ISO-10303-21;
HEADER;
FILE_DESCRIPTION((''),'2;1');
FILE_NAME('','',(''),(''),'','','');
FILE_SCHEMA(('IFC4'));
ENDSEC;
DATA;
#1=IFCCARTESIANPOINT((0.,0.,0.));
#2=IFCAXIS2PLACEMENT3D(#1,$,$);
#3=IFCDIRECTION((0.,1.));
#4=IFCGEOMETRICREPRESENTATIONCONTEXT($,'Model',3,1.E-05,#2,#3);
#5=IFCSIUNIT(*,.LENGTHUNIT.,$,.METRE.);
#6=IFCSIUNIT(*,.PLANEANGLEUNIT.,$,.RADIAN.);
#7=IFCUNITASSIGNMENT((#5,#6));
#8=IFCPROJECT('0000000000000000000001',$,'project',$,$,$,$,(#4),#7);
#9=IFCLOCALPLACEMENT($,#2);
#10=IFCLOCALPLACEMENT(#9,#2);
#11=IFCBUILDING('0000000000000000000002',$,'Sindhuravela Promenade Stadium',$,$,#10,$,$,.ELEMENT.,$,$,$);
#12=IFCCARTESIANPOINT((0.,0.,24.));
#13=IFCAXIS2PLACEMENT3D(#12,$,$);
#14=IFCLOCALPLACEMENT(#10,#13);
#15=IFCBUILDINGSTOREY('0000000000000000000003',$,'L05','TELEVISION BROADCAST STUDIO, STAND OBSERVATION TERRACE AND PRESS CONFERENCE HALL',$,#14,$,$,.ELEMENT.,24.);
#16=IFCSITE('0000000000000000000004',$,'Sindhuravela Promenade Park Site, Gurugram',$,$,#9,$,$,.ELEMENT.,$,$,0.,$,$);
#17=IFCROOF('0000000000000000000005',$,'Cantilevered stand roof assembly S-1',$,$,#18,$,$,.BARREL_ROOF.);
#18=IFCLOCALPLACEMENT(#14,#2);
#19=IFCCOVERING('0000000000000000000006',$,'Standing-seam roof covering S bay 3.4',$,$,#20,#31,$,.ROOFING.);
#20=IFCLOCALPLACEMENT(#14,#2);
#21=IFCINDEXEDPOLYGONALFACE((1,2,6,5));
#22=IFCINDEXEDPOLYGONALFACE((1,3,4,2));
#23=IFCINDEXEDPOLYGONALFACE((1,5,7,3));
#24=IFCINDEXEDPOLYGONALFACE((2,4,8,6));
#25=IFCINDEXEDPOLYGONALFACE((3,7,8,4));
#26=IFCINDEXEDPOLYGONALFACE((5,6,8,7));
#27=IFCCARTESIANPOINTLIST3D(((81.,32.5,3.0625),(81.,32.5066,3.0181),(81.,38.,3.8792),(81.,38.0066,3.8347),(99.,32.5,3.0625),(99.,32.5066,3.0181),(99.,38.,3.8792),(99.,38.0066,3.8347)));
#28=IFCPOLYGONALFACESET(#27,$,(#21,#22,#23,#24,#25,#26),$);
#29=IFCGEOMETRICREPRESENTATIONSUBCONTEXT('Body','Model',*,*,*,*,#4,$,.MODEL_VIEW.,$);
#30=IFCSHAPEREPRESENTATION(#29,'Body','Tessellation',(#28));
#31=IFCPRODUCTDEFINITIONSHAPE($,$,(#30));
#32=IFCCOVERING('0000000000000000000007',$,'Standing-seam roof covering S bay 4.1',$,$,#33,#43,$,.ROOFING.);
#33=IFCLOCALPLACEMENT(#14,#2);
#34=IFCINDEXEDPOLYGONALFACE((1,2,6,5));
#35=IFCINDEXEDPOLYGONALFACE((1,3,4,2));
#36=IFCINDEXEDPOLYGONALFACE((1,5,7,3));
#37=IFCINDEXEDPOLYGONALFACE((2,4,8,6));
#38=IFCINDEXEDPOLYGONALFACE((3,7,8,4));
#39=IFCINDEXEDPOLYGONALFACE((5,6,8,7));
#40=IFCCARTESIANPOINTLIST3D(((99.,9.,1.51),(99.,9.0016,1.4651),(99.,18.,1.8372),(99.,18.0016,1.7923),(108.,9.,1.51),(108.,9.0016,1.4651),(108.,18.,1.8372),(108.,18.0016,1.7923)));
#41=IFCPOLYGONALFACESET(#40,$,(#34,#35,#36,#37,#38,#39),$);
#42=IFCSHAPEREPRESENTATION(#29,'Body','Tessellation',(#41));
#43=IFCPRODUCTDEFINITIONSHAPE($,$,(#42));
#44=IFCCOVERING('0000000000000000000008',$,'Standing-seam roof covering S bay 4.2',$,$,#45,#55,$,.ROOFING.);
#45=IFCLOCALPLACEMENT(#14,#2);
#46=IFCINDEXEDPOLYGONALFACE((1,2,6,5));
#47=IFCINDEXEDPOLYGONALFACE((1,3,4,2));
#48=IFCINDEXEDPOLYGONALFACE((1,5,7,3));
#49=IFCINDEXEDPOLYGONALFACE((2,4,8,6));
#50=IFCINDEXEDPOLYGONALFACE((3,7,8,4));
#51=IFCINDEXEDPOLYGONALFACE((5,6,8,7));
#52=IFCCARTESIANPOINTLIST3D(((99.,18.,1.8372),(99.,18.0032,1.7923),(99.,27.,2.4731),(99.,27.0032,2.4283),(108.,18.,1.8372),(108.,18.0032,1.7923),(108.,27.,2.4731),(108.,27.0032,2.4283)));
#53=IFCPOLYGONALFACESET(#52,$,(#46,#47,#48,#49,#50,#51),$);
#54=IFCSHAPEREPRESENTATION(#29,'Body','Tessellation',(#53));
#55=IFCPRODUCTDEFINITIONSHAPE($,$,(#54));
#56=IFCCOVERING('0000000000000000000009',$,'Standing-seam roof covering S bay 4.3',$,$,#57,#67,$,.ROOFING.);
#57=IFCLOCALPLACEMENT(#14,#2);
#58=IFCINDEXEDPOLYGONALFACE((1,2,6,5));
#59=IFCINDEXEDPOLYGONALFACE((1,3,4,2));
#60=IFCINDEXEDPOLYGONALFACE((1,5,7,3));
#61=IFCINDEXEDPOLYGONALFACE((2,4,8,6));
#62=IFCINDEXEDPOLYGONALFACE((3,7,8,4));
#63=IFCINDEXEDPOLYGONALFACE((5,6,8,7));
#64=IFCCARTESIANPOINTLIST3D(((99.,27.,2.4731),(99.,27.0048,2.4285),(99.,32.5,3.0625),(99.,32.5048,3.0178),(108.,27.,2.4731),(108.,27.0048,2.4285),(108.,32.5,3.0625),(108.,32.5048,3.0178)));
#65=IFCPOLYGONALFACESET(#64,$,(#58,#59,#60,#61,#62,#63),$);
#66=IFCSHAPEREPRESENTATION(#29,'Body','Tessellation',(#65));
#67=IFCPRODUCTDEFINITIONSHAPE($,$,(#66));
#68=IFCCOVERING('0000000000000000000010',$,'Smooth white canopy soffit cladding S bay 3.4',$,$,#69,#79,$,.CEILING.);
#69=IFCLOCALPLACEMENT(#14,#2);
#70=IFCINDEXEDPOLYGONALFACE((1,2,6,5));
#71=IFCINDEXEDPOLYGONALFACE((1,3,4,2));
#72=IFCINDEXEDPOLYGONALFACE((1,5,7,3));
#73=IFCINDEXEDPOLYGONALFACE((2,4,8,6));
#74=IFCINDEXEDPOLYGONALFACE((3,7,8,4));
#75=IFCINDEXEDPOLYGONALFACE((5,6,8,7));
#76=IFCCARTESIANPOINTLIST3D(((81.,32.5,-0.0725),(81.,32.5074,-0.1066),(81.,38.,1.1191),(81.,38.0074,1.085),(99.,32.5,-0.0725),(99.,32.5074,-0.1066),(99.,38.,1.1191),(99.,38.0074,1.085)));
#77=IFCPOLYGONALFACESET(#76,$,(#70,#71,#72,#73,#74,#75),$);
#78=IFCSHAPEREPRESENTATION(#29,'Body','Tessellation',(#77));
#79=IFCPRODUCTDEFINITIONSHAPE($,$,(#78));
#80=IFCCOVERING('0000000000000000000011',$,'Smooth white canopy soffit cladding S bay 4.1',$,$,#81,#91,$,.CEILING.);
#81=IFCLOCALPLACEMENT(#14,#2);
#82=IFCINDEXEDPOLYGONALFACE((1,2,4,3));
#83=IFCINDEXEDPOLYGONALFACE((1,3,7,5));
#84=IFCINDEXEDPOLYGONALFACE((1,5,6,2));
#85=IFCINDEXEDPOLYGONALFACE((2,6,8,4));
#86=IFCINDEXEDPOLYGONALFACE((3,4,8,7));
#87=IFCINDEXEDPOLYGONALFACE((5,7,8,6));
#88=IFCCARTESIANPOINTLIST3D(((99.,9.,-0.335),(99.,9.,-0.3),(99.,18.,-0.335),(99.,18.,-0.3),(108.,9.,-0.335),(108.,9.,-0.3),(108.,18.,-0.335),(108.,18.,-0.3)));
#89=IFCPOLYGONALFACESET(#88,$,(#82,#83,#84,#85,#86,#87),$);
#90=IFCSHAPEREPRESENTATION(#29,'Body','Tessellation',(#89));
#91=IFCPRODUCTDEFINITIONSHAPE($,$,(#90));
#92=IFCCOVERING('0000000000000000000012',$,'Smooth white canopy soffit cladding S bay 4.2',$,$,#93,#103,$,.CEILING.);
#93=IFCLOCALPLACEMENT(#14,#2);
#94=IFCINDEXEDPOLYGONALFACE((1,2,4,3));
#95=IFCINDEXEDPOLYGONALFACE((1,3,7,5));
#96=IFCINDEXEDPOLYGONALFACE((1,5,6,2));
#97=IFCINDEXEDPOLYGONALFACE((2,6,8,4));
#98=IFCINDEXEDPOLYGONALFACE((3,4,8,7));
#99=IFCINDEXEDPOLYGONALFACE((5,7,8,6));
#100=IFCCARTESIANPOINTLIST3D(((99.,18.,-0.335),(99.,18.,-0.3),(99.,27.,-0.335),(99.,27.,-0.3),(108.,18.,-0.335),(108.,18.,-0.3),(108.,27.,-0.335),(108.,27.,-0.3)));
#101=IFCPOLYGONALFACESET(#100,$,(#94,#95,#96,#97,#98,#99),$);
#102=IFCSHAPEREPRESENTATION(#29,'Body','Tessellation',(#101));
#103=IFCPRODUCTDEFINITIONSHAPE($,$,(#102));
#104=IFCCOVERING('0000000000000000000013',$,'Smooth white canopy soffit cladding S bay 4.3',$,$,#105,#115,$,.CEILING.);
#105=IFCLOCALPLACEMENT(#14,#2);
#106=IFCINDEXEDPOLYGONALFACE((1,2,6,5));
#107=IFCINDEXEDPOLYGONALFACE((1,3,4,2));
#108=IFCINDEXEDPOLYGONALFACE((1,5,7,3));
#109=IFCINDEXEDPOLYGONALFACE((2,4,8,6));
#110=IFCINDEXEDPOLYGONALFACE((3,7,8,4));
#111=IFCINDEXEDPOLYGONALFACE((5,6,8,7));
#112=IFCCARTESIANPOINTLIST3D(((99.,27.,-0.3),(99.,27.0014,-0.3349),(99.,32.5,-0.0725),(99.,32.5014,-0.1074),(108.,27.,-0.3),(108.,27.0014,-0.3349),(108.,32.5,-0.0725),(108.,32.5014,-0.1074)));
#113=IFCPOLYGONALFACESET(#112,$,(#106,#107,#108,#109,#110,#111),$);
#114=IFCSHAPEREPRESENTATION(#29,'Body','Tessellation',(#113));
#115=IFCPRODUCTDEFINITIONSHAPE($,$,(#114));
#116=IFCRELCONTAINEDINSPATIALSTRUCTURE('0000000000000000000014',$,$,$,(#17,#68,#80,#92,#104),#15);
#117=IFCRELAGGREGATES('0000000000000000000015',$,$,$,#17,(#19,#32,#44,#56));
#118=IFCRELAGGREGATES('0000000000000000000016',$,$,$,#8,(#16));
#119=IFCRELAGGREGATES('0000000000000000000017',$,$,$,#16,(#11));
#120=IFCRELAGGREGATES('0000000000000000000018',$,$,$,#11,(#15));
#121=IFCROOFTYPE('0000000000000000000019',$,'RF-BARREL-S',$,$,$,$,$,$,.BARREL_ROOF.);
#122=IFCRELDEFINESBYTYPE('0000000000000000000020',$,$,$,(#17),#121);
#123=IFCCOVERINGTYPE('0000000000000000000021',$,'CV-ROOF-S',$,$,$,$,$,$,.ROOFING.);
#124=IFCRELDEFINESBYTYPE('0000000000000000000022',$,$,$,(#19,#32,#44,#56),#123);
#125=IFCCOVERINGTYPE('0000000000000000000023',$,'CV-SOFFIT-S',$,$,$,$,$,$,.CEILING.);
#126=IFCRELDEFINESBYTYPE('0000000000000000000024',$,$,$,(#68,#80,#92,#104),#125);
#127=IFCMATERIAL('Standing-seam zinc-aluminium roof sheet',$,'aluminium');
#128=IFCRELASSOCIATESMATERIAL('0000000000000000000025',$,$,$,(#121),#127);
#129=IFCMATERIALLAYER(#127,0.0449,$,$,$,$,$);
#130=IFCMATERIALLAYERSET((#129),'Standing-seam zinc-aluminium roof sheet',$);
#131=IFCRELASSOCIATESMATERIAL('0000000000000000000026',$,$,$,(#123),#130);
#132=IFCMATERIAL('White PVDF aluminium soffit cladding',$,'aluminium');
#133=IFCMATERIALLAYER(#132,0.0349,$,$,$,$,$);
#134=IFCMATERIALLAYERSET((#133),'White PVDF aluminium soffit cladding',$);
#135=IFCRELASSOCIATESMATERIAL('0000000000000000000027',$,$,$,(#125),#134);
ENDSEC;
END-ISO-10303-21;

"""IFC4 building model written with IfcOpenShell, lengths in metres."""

from ifc_helpers import new_model, si_unit, direction, frame, origin, place, context, subcontext, project, spatial, polyline, outline, extrude, material, layer, layer_set, type_object, element, aggregate, save


model = new_model("IFC4")

# Units and contexts
model_context = context("Model", 3, precision=1e-05, world=origin(), true_north=direction((0.0, 1.0)))
body_context = subcontext(model_context, "Body", "Model", "MODEL_VIEW")
ifc_project = project(units=[si_unit("LENGTHUNIT", "METRE"), si_unit("PLANEANGLEUNIT", "RADIAN")], contexts=[model_context])

# Site, building, storey
site_placement = place(None, origin())
site = spatial("IfcSite", under=ifc_project, at=site_placement, Name="Sindhuravela Promenade Park Site, Gurugram", CompositionType="ELEMENT", RefElevation=0.0)
building_placement = place(site_placement, origin())
building = spatial("IfcBuilding", under=site, at=building_placement, Name="Sindhuravela Promenade Stadium", CompositionType="ELEMENT")
storey_placement = place(building_placement, frame((0.0, 0.0, 24.0)))
storey = spatial("IfcBuildingStorey", under=building, at=storey_placement, Name="L05", Description="TELEVISION BROADCAST STUDIO, STAND OBSERVATION TERRACE AND PRESS CONFERENCE HALL", CompositionType="ELEMENT", Elevation=24.0)

# Roof, coverings
ifc_material_1 = material(Name="Standing-seam zinc-aluminium roof sheet", Category="aluminium")
roof_type = type_object("IfcRoofType", Name="RF-BARREL-S", PredefinedType="BARREL_ROOF", material=ifc_material_1)
roof_placement = place(storey_placement, origin())
roof = element("IfcRoof", 1, at=roof_placement, inside=storey, type_object=roof_type, Name="Cantilevered stand roof assembly S-1", PredefinedType="BARREL_ROOF")
ifc_layer_1 = layer(ifc_material_1, 0.0449)
ifc_layer_set_1 = layer_set([ifc_layer_1], Name="Standing-seam zinc-aluminium roof sheet")
covering_type_1 = type_object("IfcCoveringType", Name="CV-ROOF-S", PredefinedType="ROOFING", material=ifc_layer_set_1)
covering_1_placement = place(storey_placement, frame((81.0, 32.5, 3.0625), z_axis=(0.0, -0.146872, 0.989156), x_axis=(1.0, 0.0, 0.0)))
covering_1 = element("IfcCovering", 2, at=covering_1_placement, type_object=covering_type_1, Name="Standing-seam roof covering S bay 3.4", PredefinedType="ROOFING", context=body_context, shape_type="SweptSolid", body=[
    extrude(outline(polyline([(0.0, 0.0), (18.0, 0.0), (18.0, 5.5603), (0.0, 5.5603), (0.0, 0.0)])), origin(), (0.0, 0.0, -1.0), 0.0449),
])
covering_2_placement = place(storey_placement, frame((99.0, 9.0, 1.51), z_axis=(0.0, -0.036326, 0.99934), x_axis=(1.0, 0.0, 0.0)))
covering_2 = element("IfcCovering", 3, at=covering_2_placement, type_object=covering_type_1, Name="Standing-seam roof covering S bay 4.1", PredefinedType="ROOFING", context=body_context, shape_type="SweptSolid", body=[
    extrude(outline(polyline([(0.0, 0.0), (9.0, 0.0), (9.0, 9.0059), (0.0, 9.0059), (0.0, 0.0)])), origin(), (0.0, 0.0, -1.0), 0.0449),
])
covering_3_placement = place(storey_placement, frame((99.0, 18.0, 1.8372), z_axis=(0.0, -0.070489, 0.997513), x_axis=(1.0, 0.0, 0.0)))
covering_3 = element("IfcCovering", 4, at=covering_3_placement, type_object=covering_type_1, Name="Standing-seam roof covering S bay 4.2", PredefinedType="ROOFING", context=body_context, shape_type="SweptSolid", body=[
    extrude(outline(polyline([(0.0, 0.0), (9.0, 0.0), (9.0, 9.0224), (0.0, 9.0224), (0.0, 0.0)])), origin(), (0.0, 0.0, -1.0), 0.0449),
])
covering_4_placement = place(storey_placement, frame((99.0, 27.0, 2.4731), z_axis=(0.0, -0.106546, 0.994308), x_axis=(1.0, 0.0, 0.0)))
covering_4 = element("IfcCovering", 5, at=covering_4_placement, type_object=covering_type_1, Name="Standing-seam roof covering S bay 4.3", PredefinedType="ROOFING", context=body_context, shape_type="SweptSolid", body=[
    extrude(outline(polyline([(0.0, 0.0), (9.0, 0.0), (9.0, 5.5315), (0.0, 5.5315), (0.0, 0.0)])), origin(), (0.0, 0.0, -1.0), 0.0449),
])
aggregate(roof, [covering_1, covering_2, covering_3, covering_4])

# Coverings
ifc_material_2 = material(Name="White PVDF aluminium soffit cladding", Category="aluminium")
ifc_layer_2 = layer(ifc_material_2, 0.0349)
ifc_layer_set_2 = layer_set([ifc_layer_2], Name="White PVDF aluminium soffit cladding")
covering_type_2 = type_object("IfcCoveringType", Name="CV-SOFFIT-S", PredefinedType="CEILING", material=ifc_layer_set_2)
covering_5_placement = place(storey_placement, frame((81.0, 32.5, -0.0725), z_axis=(0.0, -0.211751, 0.977324), x_axis=(1.0, 0.0, 0.0)))
element("IfcCovering", 6, at=covering_5_placement, inside=storey, type_object=covering_type_2, Name="Smooth white canopy soffit cladding S bay 3.4", PredefinedType="CEILING", context=body_context, shape_type="SweptSolid", body=[
    extrude(outline(polyline([(0.0, 0.0), (18.0, 0.0), (18.0, 5.6276), (0.0, 5.6276), (0.0, 0.0)])), origin(), (0.0, 0.0, -1.0), 0.0349),
])
for number, where, z_axis, x_axis, name in (
    (7, (99.0, 9.0, -0.3), (0.0, 0.0, 1.0), (1.0, 0.0, 0.0), "Smooth white canopy soffit cladding S bay 4.1"),
    (8, (99.0, 18.0, -0.3), (0.0, 0.0, 1.0), (1.0, 0.0, 0.0), "Smooth white canopy soffit cladding S bay 4.2"),
):
    element("IfcCovering", number, at=place(storey_placement, frame(where, z_axis=z_axis, x_axis=x_axis)), inside=storey, type_object=covering_type_2, Name=name, PredefinedType="CEILING", context=body_context, shape_type="SweptSolid", body=[
        extrude(outline(polyline([(0.0, 0.0), (9.0, 0.0), (9.0, 9.0), (0.0, 9.0), (0.0, 0.0)])), origin(), (0.0, 0.0, -1.0), 0.0349),
    ])
covering_6_placement = place(storey_placement, frame((99.0, 27.0, -0.3), z_axis=(0.0, -0.041335, 0.999145), x_axis=(1.0, 0.0, 0.0)))
element("IfcCovering", 9, at=covering_6_placement, inside=storey, type_object=covering_type_2, Name="Smooth white canopy soffit cladding S bay 4.3", PredefinedType="CEILING", context=body_context, shape_type="SweptSolid", body=[
    extrude(outline(polyline([(0.0, 0.0), (9.0, 0.0), (9.0, 5.5047), (0.0, 5.5047), (0.0, 0.0)])), origin(), (0.0, 0.0, -1.0), 0.0349),
])

save(model, "model.ifc")
